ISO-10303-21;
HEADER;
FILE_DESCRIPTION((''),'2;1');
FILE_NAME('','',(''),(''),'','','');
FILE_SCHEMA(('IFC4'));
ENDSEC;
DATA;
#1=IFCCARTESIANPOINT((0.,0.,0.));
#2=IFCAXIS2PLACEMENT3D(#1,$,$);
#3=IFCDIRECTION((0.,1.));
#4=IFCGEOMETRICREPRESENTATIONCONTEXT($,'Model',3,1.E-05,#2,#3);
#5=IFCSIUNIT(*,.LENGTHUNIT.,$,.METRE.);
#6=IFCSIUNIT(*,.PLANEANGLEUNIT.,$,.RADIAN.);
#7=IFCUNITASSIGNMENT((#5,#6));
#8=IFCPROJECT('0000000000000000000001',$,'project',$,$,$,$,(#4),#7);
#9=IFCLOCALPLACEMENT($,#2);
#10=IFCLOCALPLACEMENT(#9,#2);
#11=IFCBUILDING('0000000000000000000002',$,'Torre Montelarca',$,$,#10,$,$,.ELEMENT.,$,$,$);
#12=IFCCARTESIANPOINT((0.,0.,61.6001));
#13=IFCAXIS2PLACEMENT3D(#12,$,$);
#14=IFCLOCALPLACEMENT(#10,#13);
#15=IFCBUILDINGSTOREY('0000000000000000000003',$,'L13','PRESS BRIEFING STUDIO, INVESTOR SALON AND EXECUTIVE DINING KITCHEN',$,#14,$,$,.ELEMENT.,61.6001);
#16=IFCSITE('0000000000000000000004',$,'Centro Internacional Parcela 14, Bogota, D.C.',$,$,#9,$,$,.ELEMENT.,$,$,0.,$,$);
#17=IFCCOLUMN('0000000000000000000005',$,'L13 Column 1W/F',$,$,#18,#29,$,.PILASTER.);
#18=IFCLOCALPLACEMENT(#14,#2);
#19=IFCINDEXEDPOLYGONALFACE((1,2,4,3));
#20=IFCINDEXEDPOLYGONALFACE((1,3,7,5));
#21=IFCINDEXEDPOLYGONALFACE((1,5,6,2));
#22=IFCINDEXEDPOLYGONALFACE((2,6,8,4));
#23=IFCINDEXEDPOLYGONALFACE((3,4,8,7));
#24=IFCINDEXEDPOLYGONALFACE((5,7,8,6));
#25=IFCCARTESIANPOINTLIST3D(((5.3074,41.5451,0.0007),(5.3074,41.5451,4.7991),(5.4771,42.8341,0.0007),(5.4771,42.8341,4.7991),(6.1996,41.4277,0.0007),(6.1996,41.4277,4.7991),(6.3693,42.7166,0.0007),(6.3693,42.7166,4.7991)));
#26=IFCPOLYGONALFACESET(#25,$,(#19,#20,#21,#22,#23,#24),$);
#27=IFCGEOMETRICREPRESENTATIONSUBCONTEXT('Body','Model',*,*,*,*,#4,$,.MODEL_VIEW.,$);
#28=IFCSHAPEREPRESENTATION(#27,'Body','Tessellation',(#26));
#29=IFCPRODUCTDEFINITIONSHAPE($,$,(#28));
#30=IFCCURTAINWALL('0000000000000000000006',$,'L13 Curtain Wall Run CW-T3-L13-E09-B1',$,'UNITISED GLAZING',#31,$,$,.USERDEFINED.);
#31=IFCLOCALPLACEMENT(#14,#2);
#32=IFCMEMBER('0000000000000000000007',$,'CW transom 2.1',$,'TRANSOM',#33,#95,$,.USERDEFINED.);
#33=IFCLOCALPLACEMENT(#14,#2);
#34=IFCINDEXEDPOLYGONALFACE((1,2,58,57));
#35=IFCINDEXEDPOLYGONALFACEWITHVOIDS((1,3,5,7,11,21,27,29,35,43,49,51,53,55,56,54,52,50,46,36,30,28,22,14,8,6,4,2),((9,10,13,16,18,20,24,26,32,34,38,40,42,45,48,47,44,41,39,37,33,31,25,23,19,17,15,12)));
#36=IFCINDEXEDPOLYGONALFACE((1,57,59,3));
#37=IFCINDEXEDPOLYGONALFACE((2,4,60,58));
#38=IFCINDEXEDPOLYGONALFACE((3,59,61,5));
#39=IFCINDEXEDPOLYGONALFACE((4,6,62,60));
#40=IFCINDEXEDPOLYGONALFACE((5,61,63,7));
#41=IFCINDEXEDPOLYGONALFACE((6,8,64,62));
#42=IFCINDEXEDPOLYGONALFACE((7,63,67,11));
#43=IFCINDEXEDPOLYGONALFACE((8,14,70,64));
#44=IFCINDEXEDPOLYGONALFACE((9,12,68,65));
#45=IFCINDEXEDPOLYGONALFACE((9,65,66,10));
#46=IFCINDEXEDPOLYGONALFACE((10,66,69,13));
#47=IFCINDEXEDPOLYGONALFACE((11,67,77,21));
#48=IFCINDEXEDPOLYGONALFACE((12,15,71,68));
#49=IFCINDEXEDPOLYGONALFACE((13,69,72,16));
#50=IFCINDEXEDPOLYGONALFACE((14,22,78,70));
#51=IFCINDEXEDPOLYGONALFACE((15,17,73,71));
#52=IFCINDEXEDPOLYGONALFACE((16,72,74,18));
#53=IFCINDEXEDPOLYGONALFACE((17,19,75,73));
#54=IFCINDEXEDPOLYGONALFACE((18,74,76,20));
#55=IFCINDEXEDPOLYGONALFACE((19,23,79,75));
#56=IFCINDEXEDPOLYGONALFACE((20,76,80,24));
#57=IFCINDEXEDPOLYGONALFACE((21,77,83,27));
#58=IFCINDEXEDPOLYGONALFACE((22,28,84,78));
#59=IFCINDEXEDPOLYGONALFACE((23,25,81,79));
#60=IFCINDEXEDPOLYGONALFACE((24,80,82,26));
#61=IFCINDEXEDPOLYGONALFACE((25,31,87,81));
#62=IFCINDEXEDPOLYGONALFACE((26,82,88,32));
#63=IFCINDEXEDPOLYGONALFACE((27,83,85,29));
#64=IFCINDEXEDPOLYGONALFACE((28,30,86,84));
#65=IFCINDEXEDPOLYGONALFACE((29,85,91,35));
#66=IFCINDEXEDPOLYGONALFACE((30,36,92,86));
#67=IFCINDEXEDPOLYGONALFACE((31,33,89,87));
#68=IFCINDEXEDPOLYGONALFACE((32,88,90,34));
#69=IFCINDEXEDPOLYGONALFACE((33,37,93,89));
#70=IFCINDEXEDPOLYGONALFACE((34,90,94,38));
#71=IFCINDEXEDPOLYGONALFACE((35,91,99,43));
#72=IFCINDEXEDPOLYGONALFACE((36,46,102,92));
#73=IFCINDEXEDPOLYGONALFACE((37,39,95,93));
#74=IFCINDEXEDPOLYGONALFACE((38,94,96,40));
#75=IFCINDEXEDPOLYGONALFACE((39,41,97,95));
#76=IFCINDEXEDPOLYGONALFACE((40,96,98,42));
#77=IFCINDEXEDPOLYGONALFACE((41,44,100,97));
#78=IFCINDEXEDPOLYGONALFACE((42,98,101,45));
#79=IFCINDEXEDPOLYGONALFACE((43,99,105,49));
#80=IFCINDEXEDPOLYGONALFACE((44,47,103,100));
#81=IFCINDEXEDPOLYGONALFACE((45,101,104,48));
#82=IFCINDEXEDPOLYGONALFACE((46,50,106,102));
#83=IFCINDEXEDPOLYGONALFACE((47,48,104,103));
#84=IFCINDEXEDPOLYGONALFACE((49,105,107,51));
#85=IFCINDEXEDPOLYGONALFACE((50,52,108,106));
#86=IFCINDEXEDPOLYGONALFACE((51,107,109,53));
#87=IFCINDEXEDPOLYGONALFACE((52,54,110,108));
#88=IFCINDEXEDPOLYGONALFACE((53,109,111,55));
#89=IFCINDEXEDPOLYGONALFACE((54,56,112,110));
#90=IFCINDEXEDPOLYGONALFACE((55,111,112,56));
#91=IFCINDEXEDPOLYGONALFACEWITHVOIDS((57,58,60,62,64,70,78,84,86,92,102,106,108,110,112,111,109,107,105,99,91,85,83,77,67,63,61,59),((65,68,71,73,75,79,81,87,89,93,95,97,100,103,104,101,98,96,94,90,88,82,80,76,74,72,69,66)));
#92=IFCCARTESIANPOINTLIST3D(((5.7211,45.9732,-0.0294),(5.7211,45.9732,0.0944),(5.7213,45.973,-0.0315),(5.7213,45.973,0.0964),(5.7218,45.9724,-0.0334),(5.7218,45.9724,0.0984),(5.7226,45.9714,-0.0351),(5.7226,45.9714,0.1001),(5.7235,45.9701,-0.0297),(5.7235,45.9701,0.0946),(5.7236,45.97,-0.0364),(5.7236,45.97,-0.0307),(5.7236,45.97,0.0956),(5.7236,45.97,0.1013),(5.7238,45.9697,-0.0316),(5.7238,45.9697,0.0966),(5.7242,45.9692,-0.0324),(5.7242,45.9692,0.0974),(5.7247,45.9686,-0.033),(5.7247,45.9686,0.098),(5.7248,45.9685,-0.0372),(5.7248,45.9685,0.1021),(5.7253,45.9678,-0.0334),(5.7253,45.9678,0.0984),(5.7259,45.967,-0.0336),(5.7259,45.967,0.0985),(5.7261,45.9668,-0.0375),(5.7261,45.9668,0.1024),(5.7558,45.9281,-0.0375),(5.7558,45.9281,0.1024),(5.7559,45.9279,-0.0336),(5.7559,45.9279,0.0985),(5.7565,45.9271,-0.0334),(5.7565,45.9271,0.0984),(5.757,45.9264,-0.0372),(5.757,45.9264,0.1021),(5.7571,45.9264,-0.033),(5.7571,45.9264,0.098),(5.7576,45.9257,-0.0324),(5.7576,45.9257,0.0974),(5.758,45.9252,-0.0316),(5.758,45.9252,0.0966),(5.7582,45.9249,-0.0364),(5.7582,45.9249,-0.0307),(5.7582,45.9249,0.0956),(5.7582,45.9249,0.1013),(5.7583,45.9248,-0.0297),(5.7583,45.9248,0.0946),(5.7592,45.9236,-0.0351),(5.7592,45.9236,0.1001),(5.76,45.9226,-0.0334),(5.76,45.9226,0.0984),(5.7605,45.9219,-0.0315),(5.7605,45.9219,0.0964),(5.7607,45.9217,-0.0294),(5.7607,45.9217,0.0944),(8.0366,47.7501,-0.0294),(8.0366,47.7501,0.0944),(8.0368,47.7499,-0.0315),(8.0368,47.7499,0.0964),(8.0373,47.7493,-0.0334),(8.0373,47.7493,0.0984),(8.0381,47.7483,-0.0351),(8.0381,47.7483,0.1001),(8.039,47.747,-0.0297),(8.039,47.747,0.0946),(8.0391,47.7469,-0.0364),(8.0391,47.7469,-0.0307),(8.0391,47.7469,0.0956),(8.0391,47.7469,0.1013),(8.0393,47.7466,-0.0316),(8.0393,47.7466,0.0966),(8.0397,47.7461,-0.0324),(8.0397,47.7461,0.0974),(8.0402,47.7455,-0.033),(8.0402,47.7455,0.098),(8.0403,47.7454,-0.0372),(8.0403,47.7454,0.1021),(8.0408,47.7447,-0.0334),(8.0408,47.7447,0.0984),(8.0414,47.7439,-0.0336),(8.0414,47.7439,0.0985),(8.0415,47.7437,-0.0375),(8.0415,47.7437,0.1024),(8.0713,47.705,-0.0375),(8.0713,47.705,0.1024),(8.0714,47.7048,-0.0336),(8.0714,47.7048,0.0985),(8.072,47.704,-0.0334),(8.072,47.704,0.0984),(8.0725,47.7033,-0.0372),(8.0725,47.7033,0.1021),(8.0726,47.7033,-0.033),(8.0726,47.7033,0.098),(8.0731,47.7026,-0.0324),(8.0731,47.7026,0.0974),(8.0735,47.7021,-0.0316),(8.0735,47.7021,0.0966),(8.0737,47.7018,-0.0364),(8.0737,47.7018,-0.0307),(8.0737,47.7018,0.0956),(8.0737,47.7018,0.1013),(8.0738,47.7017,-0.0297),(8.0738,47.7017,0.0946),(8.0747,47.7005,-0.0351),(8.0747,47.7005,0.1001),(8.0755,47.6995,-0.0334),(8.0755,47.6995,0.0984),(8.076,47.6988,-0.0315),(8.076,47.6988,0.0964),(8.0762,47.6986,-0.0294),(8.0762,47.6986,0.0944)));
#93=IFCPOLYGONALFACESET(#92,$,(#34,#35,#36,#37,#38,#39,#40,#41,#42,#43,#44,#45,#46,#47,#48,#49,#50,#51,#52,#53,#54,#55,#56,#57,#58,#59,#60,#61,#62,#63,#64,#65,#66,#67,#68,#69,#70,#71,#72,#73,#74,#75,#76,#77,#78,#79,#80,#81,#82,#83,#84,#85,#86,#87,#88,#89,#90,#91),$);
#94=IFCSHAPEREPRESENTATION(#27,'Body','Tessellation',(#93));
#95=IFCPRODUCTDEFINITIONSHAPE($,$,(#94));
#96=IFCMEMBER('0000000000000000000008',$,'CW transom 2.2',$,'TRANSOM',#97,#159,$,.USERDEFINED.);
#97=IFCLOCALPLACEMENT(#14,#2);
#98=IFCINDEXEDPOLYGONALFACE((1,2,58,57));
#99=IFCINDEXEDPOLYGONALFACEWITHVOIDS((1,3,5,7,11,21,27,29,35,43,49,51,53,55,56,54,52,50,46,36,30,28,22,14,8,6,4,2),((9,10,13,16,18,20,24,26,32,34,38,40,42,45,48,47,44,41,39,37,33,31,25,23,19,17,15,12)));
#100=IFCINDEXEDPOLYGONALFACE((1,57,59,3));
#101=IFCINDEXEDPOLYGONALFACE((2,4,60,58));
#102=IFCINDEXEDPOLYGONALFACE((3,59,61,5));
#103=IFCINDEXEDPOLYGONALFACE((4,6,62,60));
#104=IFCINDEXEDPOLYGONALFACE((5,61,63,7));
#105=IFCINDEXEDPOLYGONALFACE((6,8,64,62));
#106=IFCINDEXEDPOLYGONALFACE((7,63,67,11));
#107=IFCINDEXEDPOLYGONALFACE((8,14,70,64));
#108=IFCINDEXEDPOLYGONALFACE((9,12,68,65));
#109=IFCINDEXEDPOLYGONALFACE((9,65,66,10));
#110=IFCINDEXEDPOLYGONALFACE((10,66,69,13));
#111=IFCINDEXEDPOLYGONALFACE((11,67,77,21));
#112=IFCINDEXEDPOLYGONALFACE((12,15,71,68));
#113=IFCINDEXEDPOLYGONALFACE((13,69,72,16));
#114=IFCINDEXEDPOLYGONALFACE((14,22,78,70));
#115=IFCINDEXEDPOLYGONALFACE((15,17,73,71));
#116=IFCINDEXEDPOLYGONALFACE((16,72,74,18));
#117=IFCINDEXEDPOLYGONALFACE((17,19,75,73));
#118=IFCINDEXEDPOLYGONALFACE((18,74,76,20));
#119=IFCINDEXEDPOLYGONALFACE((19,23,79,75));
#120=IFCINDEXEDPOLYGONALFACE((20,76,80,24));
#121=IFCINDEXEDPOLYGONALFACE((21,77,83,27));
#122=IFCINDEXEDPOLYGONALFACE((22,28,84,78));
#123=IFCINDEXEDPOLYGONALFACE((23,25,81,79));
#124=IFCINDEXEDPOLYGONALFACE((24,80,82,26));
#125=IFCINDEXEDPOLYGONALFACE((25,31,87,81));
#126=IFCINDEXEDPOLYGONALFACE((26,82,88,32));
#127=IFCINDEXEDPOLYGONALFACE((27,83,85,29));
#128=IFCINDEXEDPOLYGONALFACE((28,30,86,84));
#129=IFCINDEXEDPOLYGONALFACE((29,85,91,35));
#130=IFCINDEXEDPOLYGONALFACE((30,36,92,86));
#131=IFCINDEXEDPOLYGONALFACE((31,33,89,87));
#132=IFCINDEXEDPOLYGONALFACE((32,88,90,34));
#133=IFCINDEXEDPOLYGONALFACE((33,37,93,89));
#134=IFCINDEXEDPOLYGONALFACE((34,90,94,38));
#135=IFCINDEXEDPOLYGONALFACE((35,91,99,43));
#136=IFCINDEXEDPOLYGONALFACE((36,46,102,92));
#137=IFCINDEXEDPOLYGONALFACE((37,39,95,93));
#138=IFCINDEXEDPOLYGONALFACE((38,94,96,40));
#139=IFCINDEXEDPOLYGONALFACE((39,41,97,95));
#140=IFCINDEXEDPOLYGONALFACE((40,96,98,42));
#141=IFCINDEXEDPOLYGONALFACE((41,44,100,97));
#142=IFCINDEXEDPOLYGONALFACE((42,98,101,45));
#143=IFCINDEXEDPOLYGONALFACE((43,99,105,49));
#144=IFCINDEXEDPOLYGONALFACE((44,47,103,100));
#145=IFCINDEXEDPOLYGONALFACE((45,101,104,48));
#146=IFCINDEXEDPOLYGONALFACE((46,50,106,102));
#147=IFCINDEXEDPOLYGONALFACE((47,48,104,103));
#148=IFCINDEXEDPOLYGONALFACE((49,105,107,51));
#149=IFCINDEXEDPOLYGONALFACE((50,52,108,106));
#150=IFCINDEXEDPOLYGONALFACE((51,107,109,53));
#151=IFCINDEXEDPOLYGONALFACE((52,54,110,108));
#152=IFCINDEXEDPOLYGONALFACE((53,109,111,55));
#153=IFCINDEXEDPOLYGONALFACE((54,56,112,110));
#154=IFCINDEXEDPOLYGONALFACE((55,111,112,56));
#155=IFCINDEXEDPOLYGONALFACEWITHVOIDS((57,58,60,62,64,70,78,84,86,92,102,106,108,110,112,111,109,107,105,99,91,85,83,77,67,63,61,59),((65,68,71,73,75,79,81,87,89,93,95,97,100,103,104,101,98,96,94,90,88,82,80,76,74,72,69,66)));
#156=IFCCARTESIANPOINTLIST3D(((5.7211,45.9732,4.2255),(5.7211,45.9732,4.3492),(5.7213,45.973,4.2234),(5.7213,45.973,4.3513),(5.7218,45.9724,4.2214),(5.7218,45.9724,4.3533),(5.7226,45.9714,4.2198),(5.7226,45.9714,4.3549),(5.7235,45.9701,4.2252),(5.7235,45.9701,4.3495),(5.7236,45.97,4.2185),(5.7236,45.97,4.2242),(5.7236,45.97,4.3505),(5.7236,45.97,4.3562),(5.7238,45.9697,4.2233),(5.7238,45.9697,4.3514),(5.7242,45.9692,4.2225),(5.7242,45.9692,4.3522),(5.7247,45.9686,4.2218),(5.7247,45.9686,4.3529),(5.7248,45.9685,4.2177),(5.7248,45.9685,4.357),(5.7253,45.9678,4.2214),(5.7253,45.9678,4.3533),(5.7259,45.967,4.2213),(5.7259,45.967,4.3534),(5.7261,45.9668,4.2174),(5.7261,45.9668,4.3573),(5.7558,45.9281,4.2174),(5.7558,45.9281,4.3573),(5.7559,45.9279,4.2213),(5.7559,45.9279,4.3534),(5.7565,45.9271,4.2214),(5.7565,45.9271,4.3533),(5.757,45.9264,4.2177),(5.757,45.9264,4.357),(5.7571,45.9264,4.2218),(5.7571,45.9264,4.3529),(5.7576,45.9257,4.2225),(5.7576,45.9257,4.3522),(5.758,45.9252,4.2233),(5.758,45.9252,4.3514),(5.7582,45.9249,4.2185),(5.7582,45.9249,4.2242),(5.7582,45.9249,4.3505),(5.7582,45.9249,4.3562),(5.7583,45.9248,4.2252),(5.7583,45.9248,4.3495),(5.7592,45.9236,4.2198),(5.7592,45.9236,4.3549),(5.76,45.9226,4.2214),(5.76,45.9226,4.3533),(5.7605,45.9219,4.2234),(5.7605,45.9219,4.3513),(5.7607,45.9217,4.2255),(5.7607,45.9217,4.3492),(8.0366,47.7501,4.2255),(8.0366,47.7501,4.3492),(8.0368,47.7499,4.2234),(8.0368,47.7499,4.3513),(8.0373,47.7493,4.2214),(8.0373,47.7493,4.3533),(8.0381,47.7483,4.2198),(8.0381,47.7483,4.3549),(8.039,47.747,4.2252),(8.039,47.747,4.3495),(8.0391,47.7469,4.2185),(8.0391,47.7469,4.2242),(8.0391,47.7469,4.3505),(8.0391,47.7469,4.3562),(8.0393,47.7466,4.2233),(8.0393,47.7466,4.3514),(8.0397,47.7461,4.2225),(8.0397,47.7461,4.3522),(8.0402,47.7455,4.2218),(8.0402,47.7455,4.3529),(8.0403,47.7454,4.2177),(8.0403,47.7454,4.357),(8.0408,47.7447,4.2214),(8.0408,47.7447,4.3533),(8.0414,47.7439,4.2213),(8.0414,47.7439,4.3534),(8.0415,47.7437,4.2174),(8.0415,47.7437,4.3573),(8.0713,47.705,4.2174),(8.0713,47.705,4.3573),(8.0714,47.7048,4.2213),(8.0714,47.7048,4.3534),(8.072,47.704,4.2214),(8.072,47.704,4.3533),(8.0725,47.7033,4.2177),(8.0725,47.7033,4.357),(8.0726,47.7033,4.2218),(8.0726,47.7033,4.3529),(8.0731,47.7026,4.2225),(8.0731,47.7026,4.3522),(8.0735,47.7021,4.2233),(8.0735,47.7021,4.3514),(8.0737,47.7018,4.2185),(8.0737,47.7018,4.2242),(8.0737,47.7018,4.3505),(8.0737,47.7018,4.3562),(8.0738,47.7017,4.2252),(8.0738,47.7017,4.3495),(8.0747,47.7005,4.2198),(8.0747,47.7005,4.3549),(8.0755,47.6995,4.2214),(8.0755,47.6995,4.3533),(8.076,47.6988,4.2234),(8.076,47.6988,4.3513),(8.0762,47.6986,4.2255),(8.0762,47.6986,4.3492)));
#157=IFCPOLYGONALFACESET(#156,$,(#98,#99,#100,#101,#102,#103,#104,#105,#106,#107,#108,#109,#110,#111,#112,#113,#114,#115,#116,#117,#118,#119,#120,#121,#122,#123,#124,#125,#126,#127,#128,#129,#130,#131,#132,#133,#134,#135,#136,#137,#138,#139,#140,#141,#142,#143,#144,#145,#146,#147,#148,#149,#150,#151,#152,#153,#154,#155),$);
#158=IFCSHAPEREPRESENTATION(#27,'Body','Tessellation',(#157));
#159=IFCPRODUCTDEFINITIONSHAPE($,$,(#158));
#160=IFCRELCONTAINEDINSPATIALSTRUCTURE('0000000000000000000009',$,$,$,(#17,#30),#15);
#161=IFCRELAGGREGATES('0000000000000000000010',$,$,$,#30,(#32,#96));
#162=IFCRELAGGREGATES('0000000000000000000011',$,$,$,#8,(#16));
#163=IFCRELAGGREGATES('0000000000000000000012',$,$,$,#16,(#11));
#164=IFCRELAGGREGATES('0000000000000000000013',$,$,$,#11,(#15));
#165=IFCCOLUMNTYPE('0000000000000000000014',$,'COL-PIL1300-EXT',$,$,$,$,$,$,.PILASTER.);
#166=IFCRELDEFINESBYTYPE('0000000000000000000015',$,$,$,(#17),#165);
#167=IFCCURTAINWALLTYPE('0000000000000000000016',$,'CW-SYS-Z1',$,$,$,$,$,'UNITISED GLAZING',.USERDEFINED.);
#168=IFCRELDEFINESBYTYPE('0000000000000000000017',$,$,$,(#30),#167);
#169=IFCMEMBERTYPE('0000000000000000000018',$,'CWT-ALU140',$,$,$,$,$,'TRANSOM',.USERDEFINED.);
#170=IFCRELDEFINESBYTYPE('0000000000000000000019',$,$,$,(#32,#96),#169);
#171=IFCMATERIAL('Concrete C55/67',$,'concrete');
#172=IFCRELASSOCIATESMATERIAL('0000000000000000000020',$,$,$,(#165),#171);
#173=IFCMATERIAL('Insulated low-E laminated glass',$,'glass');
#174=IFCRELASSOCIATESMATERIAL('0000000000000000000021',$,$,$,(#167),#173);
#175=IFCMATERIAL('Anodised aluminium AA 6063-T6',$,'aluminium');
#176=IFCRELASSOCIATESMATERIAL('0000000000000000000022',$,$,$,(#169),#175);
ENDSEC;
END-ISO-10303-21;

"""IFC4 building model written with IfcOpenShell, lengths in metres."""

from ifc_helpers import new_model, si_unit, direction, frame, origin, origin_2d, place, context, subcontext, project, spatial, rectangle, hollow_rectangle, extrude, source, transform, mapped, material, material_profile, profile_set, type_object, element, aggregate, save


model = new_model("IFC4")

# Units and contexts
model_context = context("Model", 3, precision=1e-05, world=origin(), true_north=direction((0.0, 1.0)))
body_context = subcontext(model_context, "Body", "Model", "MODEL_VIEW")
ifc_project = project(units=[si_unit("LENGTHUNIT", "METRE"), si_unit("PLANEANGLEUNIT", "RADIAN")], contexts=[model_context])

# Site, building, storey
site_placement = place(None, origin())
site = spatial("IfcSite", under=ifc_project, at=site_placement, Name="Centro Internacional Parcela 14, Bogota, D.C.", CompositionType="ELEMENT", RefElevation=0.0)
building_placement = place(site_placement, origin())
building = spatial("IfcBuilding", under=site, at=building_placement, Name="Torre Montelarca", CompositionType="ELEMENT")
storey_placement = place(building_placement, frame((0.0, 0.0, 61.6001)))
storey = spatial("IfcBuildingStorey", under=building, at=storey_placement, Name="L13", Description="PRESS BRIEFING STUDIO, INVESTOR SALON AND EXECUTIVE DINING KITCHEN", CompositionType="ELEMENT", Elevation=61.6001)

# Column
ifc_material_1 = material(Name="Concrete C55/67", Category="concrete")
ifc_material_profile_1 = material_profile(ifc_material_1, rectangle(XDim=0.8999, YDim=1.3, at=origin_2d()), Name="RC1300X900", Category="concrete")
ifc_profile_set_1 = profile_set([ifc_material_profile_1], Name="Concrete C55/67")
column_type = type_object("IfcColumnType", Name="COL-PIL1300-EXT", PredefinedType="PILASTER", material=ifc_profile_set_1)
shared_shape_1 = source(origin(), body_context, "Body", "SweptSolid", [
    extrude(rectangle(XDim=0.8999, YDim=1.3, at=origin_2d()), origin(), (0.0, 0.0, 1.0), 4.7983),
])
column_placement = place(storey_placement, frame((5.8384, 42.1309, 0.0007), z_axis=(0.0, 0.0, 1.0), x_axis=(-0.991445, 0.130526, 0.0)))
element("IfcColumn", 1, at=column_placement, inside=storey, type_object=column_type, Name="L13 Column 1W/F", PredefinedType="PILASTER", context=body_context, shape_type="MappedRepresentation", body=[
    mapped(shared_shape_1, transform((0.0, 0.0, 0.0), scale=1.0)),
])

# Curtain wall, members
ifc_material_2 = material(Name="Insulated low-E laminated glass", Category="glass")
curtain_wall_type = type_object("IfcCurtainWallType", Name="CW-SYS-Z1", ElementType="UNITISED GLAZING", PredefinedType="USERDEFINED", material=ifc_material_2)
curtain_wall_1_placement = place(storey_placement, origin())
curtain_wall_1 = element("IfcCurtainWall", 2, at=curtain_wall_1_placement, inside=storey, type_object=curtain_wall_type, Name="L13 Curtain Wall Run CW-T3-L13-E09-B1", ObjectType="UNITISED GLAZING", PredefinedType="USERDEFINED")
ifc_material_3 = material(Name="Anodised aluminium AA 6063-T6", Category="aluminium")
ifc_material_profile_2 = material_profile(ifc_material_3, hollow_rectangle(XDim=0.0649, YDim=0.1399, WallThickness=0.0039, InnerFilletRadius=0.0039, OuterFilletRadius=0.0081, at=origin_2d()), Name="ALU65X140X4", Category="aluminium")
ifc_profile_set_2 = profile_set([ifc_material_profile_2], Name="Anodised aluminium AA 6063-T6")
member_type_1 = type_object("IfcMemberType", Name="CWT-ALU140", ElementType="TRANSOM", PredefinedType="USERDEFINED", material=ifc_profile_set_2)
shared_shape_2 = source(origin(), body_context, "Body", "SweptSolid", [
    extrude(hollow_rectangle(XDim=0.0649, YDim=0.1399, WallThickness=0.0039, InnerFilletRadius=0.0039, OuterFilletRadius=0.0081, at=origin_2d()), origin(), (0.0, 0.0, 1.0), 2.9187),
])
member_1_placement = place(storey_placement, frame((8.0564, 47.7244, 0.0325), z_axis=(-0.793326, -0.608797, 0.0), x_axis=(0.608797, -0.793326, 0.0)))
member_1 = element("IfcMember", 3, at=member_1_placement, type_object=member_type_1, Name="CW transom 2.1", ObjectType="TRANSOM", PredefinedType="USERDEFINED", context=body_context, shape_type="MappedRepresentation", body=[
    mapped(shared_shape_2, transform((0.0, 0.0, 0.0), scale=1.0)),
])
member_2_placement = place(storey_placement, frame((8.0564, 47.7244, 4.2874), z_axis=(-0.793326, -0.608797, 0.0), x_axis=(0.608797, -0.793326, 0.0)))
member_2 = element("IfcMember", 4, at=member_2_placement, type_object=member_type_1, Name="CW transom 2.2", ObjectType="TRANSOM", PredefinedType="USERDEFINED", context=body_context, shape_type="MappedRepresentation", body=[
    mapped(shared_shape_2, transform((0.0, 0.0, 0.0), scale=1.0)),
])

aggregate(curtain_wall_1, [member_1, member_2])

save(model, "model.ifc")
